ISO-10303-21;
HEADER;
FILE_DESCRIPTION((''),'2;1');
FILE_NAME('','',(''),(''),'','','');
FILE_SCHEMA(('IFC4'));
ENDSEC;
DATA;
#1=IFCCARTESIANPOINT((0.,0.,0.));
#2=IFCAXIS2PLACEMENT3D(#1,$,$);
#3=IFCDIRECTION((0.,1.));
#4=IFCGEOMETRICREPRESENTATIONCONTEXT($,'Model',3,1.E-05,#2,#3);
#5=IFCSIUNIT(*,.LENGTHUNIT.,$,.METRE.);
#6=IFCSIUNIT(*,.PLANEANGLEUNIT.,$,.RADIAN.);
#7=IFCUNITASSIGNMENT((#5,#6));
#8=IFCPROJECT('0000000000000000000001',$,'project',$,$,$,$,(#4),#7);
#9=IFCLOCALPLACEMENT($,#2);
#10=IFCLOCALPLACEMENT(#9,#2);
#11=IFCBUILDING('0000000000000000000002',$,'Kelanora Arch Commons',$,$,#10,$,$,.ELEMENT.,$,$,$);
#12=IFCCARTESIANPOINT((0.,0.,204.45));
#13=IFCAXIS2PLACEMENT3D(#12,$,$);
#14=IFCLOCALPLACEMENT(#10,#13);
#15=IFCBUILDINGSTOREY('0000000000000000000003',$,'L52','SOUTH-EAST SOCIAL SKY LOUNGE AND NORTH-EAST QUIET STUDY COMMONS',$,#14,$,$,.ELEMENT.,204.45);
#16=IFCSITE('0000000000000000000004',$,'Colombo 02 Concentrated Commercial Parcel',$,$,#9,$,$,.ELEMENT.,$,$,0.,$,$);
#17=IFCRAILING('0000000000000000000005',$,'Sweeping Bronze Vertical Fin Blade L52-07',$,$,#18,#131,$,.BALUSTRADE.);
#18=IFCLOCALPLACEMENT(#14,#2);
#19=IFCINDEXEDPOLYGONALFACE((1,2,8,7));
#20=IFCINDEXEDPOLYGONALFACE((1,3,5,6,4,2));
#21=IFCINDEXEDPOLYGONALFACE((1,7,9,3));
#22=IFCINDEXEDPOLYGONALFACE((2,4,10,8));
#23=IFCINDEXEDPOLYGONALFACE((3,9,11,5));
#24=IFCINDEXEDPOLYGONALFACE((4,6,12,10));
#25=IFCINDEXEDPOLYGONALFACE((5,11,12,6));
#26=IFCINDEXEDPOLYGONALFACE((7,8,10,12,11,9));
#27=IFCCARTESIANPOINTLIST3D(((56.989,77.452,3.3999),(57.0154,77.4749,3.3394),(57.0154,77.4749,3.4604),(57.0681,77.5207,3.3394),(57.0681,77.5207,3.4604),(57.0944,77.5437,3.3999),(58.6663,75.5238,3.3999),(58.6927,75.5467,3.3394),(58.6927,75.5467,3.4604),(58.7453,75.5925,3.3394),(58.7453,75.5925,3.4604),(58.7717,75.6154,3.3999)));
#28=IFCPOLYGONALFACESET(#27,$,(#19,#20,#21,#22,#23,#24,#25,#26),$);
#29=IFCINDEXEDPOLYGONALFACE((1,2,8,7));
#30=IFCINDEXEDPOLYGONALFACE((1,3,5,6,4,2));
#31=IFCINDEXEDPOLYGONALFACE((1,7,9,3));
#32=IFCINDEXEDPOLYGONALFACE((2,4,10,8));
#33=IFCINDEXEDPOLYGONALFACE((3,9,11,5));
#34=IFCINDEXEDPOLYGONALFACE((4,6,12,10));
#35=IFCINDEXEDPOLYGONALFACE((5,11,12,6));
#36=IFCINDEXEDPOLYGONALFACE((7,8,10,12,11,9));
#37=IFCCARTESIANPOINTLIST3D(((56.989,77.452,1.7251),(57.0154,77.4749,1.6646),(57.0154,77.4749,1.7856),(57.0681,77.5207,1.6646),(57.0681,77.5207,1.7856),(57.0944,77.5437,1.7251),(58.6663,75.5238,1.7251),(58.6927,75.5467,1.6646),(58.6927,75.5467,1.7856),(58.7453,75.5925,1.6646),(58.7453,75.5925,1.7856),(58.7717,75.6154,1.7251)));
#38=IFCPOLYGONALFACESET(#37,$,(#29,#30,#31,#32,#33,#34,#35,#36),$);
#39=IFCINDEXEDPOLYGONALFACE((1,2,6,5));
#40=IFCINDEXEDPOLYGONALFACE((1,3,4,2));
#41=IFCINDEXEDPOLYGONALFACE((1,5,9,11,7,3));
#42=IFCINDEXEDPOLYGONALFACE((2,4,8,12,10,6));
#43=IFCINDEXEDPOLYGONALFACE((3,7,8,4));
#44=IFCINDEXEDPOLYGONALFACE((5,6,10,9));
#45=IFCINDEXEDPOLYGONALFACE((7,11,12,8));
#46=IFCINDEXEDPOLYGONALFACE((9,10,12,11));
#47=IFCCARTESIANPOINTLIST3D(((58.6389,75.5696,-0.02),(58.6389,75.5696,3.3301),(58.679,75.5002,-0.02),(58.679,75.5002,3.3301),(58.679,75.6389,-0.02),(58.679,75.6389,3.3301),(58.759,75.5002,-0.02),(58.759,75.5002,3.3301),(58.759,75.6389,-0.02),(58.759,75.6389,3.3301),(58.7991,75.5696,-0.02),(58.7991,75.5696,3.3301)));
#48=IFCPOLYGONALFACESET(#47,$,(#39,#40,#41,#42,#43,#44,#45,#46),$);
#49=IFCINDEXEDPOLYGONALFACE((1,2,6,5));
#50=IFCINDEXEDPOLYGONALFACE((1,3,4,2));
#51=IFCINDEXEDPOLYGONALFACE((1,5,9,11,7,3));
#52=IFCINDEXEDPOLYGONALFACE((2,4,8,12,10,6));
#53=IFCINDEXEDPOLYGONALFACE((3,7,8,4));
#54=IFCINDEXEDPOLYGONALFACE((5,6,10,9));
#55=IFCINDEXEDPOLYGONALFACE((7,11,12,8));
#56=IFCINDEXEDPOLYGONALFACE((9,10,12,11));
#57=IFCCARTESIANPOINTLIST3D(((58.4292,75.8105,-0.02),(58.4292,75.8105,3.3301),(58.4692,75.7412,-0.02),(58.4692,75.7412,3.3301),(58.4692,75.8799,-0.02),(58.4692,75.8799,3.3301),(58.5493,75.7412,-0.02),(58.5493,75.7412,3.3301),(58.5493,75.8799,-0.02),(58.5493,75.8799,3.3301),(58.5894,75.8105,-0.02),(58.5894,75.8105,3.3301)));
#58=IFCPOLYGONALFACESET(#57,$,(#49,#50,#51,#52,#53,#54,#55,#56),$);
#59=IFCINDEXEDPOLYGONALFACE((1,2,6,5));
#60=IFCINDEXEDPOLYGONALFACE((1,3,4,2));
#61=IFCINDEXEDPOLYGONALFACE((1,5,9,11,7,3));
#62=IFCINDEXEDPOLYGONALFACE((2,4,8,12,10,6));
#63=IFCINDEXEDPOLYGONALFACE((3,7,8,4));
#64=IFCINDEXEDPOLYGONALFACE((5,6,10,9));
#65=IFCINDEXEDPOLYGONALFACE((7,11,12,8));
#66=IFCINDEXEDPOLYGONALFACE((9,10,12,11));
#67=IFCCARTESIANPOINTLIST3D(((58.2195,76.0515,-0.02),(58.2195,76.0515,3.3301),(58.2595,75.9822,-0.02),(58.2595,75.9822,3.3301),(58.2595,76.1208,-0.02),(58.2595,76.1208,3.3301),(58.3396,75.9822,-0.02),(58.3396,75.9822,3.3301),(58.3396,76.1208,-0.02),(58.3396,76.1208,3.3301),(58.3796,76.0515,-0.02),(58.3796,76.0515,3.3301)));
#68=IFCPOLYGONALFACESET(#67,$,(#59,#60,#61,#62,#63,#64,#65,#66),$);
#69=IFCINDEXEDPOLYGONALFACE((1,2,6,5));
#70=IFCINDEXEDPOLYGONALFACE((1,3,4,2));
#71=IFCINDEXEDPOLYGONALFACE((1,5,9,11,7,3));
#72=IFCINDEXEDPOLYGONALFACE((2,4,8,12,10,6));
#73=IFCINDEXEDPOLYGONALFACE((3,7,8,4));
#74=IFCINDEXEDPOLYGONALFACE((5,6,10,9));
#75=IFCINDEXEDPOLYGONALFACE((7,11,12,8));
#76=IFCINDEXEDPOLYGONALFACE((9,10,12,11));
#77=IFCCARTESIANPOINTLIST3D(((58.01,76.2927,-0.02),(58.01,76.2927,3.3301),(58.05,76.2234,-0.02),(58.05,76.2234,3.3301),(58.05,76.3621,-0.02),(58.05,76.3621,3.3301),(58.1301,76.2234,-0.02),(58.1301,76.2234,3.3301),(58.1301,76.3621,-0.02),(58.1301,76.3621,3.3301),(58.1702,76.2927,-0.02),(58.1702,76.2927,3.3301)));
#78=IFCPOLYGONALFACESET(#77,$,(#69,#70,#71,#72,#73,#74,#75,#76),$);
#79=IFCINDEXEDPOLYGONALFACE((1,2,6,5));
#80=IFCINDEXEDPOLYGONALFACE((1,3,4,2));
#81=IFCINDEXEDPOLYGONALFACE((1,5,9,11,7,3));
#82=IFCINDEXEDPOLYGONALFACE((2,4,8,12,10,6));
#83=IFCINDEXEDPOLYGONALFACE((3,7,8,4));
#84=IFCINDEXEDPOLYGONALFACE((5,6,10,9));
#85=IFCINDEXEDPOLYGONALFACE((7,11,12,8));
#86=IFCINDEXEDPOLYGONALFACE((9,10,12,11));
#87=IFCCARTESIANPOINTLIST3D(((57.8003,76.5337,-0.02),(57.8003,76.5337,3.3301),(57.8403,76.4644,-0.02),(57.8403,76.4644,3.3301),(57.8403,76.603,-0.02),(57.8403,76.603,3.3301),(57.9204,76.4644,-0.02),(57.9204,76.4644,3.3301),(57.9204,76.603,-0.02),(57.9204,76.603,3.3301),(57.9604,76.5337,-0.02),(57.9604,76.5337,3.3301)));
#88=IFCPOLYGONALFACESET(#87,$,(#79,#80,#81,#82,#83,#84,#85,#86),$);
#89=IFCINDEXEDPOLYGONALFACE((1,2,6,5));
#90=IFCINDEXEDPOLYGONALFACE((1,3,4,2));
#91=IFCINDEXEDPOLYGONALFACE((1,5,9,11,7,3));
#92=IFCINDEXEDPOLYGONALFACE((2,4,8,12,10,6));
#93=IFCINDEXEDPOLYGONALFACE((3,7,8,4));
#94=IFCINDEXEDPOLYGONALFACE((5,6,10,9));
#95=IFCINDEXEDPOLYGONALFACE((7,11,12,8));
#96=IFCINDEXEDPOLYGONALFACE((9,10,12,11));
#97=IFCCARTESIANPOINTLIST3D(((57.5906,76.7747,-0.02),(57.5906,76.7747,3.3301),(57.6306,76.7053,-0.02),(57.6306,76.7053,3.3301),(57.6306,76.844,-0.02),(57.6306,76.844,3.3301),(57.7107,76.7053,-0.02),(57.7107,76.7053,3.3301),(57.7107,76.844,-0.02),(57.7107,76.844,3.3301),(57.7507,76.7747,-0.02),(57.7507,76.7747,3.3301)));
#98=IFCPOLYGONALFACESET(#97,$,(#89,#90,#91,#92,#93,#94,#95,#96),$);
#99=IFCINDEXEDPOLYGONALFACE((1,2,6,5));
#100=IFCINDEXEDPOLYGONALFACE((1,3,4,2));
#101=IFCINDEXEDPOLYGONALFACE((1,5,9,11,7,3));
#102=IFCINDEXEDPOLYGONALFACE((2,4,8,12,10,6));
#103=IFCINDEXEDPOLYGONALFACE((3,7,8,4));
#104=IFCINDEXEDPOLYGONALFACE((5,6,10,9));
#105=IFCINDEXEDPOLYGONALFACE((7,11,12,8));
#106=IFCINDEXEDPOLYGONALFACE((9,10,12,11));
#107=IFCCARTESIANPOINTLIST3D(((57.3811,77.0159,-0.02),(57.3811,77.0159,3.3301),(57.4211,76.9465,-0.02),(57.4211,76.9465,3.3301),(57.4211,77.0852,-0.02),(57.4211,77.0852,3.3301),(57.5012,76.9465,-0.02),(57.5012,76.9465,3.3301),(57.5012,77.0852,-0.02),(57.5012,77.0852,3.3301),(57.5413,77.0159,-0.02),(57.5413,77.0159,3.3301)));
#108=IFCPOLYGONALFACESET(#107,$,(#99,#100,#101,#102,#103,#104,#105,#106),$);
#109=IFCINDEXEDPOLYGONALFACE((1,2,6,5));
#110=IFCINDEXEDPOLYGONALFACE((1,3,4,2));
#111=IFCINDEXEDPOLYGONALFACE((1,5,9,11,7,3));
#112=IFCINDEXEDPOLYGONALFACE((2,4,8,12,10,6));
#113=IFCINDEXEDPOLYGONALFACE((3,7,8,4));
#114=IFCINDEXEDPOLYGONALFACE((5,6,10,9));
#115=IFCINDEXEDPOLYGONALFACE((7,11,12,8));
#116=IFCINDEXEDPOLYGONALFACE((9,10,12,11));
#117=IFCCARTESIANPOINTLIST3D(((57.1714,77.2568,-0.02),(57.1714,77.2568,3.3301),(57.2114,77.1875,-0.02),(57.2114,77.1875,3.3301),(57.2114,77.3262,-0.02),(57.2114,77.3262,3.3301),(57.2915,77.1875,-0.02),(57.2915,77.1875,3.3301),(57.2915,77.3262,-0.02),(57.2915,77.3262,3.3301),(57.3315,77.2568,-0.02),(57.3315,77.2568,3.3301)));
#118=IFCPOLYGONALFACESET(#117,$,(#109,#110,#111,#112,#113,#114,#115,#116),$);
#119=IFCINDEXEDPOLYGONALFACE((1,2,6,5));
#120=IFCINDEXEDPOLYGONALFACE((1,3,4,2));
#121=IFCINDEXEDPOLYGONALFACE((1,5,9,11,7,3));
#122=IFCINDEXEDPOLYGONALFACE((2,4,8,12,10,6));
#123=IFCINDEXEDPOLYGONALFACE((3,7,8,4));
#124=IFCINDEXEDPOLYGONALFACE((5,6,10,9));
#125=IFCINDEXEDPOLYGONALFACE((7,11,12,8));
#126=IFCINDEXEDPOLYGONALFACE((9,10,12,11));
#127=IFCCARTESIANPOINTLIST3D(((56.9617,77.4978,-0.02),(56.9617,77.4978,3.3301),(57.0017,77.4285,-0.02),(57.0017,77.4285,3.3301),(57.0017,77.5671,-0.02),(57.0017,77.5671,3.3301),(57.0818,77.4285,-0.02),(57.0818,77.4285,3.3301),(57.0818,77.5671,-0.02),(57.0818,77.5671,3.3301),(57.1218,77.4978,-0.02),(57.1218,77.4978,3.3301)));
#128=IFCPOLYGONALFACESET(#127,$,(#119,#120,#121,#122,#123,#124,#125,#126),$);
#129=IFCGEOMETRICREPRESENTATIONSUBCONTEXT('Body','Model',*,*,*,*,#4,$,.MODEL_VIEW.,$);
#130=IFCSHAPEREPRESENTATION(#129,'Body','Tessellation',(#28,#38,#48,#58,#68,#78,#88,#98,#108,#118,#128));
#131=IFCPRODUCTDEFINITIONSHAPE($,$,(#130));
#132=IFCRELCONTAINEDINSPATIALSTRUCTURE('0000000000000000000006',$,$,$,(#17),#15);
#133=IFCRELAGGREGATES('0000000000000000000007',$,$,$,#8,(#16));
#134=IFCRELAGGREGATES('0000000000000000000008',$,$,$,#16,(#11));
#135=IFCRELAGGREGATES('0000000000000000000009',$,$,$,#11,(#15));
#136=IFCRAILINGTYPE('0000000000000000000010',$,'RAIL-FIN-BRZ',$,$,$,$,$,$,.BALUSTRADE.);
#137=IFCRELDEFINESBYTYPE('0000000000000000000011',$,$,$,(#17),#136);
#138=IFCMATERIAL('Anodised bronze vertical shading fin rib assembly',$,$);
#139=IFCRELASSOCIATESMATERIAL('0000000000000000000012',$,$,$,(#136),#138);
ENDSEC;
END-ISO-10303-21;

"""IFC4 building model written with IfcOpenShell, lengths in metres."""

from ifc_helpers import new_model, si_unit, direction, frame, origin, place, context, subcontext, project, spatial, polyline, outline, extrude, material, type_object, element, save


model = new_model("IFC4")

# Units and contexts
model_context = context("Model", 3, precision=1e-05, world=origin(), true_north=direction((0.0, 1.0)))
body_context = subcontext(model_context, "Body", "Model", "MODEL_VIEW")
ifc_project = project(units=[si_unit("LENGTHUNIT", "METRE"), si_unit("PLANEANGLEUNIT", "RADIAN")], contexts=[model_context])

# Site, building, storey
site_placement = place(None, origin())
site = spatial("IfcSite", under=ifc_project, at=site_placement, Name="Colombo 02 Concentrated Commercial Parcel", CompositionType="ELEMENT", RefElevation=0.0)
building_placement = place(site_placement, origin())
building = spatial("IfcBuilding", under=site, at=building_placement, Name="Kelanora Arch Commons", CompositionType="ELEMENT")
storey_placement = place(building_placement, frame((0.0, 0.0, 204.45)))
storey = spatial("IfcBuildingStorey", under=building, at=storey_placement, Name="L52", Description="SOUTH-EAST SOCIAL SKY LOUNGE AND NORTH-EAST QUIET STUDY COMMONS", CompositionType="ELEMENT", Elevation=204.45)

# Railing
ifc_material_1 = material(Name="Anodised bronze vertical shading fin rib assembly")
railing_type = type_object("IfcRailingType", Name="RAIL-FIN-BRZ", PredefinedType="BALUSTRADE", material=ifc_material_1)
railing_1_placement = place(storey_placement, frame((58.719, 75.5696, -0.02)))
element("IfcRailing", 1, at=railing_1_placement, inside=storey, type_object=railing_type, Name="Sweeping Bronze Vertical Fin Blade L52-07", PredefinedType="BALUSTRADE", context=body_context, shape_type="SweptSolid", body=[
    extrude(outline(polyline([(0.0698, 0.0), (0.0349, 0.0605), (-0.0349, 0.0605), (-0.0698, 0.0), (-0.0349, -0.0605), (0.0349, -0.0605), (0.0698, 0.0)])), frame((0.0, 0.0, 3.4199), z_axis=(-0.656297, 0.754503, 0.0), x_axis=(-0.754503, -0.656297, 0.0)), (0.0, 0.0, 1.0), 2.5557),
    extrude(outline(polyline([(0.0698, 0.0), (0.0349, 0.0605), (-0.0349, 0.0605), (-0.0698, 0.0), (-0.0349, -0.0605), (0.0349, -0.0605), (0.0698, 0.0)])), frame((0.0, 0.0, 1.7451), z_axis=(-0.656297, 0.754503, 0.0), x_axis=(-0.754503, -0.656297, 0.0)), (0.0, 0.0, 1.0), 2.5557),
    extrude(outline(polyline([(0.0801, 0.0), (0.04, 0.0693), (-0.04, 0.0693), (-0.0801, 0.0), (-0.04, -0.0693), (0.04, -0.0693), (0.0801, 0.0)])), origin(), (0.0, 0.0, 1.0), 3.3501),
    extrude(outline(polyline([(0.0801, 0.0), (0.04, 0.0693), (-0.04, 0.0693), (-0.0801, 0.0), (-0.04, -0.0693), (0.04, -0.0693), (0.0801, 0.0)])), frame((-0.2097, 0.241, 0.0)), (0.0, 0.0, 1.0), 3.3501),
    extrude(outline(polyline([(0.0801, 0.0), (0.04, 0.0693), (-0.04, 0.0693), (-0.0801, 0.0), (-0.04, -0.0693), (0.04, -0.0693), (0.0801, 0.0)])), frame((-0.4194, 0.4819, 0.0)), (0.0, 0.0, 1.0), 3.3501),
    extrude(outline(polyline([(0.0801, 0.0), (0.04, 0.0693), (-0.04, 0.0693), (-0.0801, 0.0), (-0.04, -0.0693), (0.04, -0.0693), (0.0801, 0.0)])), frame((-0.6289, 0.7231, 0.0)), (0.0, 0.0, 1.0), 3.3501),
    extrude(outline(polyline([(0.0801, 0.0), (0.04, 0.0693), (-0.04, 0.0693), (-0.0801, 0.0), (-0.04, -0.0693), (0.04, -0.0693), (0.0801, 0.0)])), frame((-0.8386, 0.9641, 0.0)), (0.0, 0.0, 1.0), 3.3501),
    extrude(outline(polyline([(0.0801, 0.0), (0.04, 0.0693), (-0.04, 0.0693), (-0.0801, 0.0), (-0.04, -0.0693), (0.04, -0.0693), (0.0801, 0.0)])), frame((-1.0483, 1.2051, 0.0)), (0.0, 0.0, 1.0), 3.3501),
    extrude(outline(polyline([(0.0801, 0.0), (0.04, 0.0693), (-0.04, 0.0693), (-0.0801, 0.0), (-0.04, -0.0693), (0.04, -0.0693), (0.0801, 0.0)])), frame((-1.2578, 1.4463, 0.0)), (0.0, 0.0, 1.0), 3.3501),
    extrude(outline(polyline([(0.0801, 0.0), (0.04, 0.0693), (-0.04, 0.0693), (-0.0801, 0.0), (-0.04, -0.0693), (0.04, -0.0693), (0.0801, 0.0)])), frame((-1.4675, 1.6873, 0.0)), (0.0, 0.0, 1.0), 3.3501),
    extrude(outline(polyline([(0.0801, 0.0), (0.04, 0.0693), (-0.04, 0.0693), (-0.0801, 0.0), (-0.04, -0.0693), (0.04, -0.0693), (0.0801, 0.0)])), frame((-1.6772, 1.9282, 0.0)), (0.0, 0.0, 1.0), 3.3501),
])

save(model, "model.ifc")
